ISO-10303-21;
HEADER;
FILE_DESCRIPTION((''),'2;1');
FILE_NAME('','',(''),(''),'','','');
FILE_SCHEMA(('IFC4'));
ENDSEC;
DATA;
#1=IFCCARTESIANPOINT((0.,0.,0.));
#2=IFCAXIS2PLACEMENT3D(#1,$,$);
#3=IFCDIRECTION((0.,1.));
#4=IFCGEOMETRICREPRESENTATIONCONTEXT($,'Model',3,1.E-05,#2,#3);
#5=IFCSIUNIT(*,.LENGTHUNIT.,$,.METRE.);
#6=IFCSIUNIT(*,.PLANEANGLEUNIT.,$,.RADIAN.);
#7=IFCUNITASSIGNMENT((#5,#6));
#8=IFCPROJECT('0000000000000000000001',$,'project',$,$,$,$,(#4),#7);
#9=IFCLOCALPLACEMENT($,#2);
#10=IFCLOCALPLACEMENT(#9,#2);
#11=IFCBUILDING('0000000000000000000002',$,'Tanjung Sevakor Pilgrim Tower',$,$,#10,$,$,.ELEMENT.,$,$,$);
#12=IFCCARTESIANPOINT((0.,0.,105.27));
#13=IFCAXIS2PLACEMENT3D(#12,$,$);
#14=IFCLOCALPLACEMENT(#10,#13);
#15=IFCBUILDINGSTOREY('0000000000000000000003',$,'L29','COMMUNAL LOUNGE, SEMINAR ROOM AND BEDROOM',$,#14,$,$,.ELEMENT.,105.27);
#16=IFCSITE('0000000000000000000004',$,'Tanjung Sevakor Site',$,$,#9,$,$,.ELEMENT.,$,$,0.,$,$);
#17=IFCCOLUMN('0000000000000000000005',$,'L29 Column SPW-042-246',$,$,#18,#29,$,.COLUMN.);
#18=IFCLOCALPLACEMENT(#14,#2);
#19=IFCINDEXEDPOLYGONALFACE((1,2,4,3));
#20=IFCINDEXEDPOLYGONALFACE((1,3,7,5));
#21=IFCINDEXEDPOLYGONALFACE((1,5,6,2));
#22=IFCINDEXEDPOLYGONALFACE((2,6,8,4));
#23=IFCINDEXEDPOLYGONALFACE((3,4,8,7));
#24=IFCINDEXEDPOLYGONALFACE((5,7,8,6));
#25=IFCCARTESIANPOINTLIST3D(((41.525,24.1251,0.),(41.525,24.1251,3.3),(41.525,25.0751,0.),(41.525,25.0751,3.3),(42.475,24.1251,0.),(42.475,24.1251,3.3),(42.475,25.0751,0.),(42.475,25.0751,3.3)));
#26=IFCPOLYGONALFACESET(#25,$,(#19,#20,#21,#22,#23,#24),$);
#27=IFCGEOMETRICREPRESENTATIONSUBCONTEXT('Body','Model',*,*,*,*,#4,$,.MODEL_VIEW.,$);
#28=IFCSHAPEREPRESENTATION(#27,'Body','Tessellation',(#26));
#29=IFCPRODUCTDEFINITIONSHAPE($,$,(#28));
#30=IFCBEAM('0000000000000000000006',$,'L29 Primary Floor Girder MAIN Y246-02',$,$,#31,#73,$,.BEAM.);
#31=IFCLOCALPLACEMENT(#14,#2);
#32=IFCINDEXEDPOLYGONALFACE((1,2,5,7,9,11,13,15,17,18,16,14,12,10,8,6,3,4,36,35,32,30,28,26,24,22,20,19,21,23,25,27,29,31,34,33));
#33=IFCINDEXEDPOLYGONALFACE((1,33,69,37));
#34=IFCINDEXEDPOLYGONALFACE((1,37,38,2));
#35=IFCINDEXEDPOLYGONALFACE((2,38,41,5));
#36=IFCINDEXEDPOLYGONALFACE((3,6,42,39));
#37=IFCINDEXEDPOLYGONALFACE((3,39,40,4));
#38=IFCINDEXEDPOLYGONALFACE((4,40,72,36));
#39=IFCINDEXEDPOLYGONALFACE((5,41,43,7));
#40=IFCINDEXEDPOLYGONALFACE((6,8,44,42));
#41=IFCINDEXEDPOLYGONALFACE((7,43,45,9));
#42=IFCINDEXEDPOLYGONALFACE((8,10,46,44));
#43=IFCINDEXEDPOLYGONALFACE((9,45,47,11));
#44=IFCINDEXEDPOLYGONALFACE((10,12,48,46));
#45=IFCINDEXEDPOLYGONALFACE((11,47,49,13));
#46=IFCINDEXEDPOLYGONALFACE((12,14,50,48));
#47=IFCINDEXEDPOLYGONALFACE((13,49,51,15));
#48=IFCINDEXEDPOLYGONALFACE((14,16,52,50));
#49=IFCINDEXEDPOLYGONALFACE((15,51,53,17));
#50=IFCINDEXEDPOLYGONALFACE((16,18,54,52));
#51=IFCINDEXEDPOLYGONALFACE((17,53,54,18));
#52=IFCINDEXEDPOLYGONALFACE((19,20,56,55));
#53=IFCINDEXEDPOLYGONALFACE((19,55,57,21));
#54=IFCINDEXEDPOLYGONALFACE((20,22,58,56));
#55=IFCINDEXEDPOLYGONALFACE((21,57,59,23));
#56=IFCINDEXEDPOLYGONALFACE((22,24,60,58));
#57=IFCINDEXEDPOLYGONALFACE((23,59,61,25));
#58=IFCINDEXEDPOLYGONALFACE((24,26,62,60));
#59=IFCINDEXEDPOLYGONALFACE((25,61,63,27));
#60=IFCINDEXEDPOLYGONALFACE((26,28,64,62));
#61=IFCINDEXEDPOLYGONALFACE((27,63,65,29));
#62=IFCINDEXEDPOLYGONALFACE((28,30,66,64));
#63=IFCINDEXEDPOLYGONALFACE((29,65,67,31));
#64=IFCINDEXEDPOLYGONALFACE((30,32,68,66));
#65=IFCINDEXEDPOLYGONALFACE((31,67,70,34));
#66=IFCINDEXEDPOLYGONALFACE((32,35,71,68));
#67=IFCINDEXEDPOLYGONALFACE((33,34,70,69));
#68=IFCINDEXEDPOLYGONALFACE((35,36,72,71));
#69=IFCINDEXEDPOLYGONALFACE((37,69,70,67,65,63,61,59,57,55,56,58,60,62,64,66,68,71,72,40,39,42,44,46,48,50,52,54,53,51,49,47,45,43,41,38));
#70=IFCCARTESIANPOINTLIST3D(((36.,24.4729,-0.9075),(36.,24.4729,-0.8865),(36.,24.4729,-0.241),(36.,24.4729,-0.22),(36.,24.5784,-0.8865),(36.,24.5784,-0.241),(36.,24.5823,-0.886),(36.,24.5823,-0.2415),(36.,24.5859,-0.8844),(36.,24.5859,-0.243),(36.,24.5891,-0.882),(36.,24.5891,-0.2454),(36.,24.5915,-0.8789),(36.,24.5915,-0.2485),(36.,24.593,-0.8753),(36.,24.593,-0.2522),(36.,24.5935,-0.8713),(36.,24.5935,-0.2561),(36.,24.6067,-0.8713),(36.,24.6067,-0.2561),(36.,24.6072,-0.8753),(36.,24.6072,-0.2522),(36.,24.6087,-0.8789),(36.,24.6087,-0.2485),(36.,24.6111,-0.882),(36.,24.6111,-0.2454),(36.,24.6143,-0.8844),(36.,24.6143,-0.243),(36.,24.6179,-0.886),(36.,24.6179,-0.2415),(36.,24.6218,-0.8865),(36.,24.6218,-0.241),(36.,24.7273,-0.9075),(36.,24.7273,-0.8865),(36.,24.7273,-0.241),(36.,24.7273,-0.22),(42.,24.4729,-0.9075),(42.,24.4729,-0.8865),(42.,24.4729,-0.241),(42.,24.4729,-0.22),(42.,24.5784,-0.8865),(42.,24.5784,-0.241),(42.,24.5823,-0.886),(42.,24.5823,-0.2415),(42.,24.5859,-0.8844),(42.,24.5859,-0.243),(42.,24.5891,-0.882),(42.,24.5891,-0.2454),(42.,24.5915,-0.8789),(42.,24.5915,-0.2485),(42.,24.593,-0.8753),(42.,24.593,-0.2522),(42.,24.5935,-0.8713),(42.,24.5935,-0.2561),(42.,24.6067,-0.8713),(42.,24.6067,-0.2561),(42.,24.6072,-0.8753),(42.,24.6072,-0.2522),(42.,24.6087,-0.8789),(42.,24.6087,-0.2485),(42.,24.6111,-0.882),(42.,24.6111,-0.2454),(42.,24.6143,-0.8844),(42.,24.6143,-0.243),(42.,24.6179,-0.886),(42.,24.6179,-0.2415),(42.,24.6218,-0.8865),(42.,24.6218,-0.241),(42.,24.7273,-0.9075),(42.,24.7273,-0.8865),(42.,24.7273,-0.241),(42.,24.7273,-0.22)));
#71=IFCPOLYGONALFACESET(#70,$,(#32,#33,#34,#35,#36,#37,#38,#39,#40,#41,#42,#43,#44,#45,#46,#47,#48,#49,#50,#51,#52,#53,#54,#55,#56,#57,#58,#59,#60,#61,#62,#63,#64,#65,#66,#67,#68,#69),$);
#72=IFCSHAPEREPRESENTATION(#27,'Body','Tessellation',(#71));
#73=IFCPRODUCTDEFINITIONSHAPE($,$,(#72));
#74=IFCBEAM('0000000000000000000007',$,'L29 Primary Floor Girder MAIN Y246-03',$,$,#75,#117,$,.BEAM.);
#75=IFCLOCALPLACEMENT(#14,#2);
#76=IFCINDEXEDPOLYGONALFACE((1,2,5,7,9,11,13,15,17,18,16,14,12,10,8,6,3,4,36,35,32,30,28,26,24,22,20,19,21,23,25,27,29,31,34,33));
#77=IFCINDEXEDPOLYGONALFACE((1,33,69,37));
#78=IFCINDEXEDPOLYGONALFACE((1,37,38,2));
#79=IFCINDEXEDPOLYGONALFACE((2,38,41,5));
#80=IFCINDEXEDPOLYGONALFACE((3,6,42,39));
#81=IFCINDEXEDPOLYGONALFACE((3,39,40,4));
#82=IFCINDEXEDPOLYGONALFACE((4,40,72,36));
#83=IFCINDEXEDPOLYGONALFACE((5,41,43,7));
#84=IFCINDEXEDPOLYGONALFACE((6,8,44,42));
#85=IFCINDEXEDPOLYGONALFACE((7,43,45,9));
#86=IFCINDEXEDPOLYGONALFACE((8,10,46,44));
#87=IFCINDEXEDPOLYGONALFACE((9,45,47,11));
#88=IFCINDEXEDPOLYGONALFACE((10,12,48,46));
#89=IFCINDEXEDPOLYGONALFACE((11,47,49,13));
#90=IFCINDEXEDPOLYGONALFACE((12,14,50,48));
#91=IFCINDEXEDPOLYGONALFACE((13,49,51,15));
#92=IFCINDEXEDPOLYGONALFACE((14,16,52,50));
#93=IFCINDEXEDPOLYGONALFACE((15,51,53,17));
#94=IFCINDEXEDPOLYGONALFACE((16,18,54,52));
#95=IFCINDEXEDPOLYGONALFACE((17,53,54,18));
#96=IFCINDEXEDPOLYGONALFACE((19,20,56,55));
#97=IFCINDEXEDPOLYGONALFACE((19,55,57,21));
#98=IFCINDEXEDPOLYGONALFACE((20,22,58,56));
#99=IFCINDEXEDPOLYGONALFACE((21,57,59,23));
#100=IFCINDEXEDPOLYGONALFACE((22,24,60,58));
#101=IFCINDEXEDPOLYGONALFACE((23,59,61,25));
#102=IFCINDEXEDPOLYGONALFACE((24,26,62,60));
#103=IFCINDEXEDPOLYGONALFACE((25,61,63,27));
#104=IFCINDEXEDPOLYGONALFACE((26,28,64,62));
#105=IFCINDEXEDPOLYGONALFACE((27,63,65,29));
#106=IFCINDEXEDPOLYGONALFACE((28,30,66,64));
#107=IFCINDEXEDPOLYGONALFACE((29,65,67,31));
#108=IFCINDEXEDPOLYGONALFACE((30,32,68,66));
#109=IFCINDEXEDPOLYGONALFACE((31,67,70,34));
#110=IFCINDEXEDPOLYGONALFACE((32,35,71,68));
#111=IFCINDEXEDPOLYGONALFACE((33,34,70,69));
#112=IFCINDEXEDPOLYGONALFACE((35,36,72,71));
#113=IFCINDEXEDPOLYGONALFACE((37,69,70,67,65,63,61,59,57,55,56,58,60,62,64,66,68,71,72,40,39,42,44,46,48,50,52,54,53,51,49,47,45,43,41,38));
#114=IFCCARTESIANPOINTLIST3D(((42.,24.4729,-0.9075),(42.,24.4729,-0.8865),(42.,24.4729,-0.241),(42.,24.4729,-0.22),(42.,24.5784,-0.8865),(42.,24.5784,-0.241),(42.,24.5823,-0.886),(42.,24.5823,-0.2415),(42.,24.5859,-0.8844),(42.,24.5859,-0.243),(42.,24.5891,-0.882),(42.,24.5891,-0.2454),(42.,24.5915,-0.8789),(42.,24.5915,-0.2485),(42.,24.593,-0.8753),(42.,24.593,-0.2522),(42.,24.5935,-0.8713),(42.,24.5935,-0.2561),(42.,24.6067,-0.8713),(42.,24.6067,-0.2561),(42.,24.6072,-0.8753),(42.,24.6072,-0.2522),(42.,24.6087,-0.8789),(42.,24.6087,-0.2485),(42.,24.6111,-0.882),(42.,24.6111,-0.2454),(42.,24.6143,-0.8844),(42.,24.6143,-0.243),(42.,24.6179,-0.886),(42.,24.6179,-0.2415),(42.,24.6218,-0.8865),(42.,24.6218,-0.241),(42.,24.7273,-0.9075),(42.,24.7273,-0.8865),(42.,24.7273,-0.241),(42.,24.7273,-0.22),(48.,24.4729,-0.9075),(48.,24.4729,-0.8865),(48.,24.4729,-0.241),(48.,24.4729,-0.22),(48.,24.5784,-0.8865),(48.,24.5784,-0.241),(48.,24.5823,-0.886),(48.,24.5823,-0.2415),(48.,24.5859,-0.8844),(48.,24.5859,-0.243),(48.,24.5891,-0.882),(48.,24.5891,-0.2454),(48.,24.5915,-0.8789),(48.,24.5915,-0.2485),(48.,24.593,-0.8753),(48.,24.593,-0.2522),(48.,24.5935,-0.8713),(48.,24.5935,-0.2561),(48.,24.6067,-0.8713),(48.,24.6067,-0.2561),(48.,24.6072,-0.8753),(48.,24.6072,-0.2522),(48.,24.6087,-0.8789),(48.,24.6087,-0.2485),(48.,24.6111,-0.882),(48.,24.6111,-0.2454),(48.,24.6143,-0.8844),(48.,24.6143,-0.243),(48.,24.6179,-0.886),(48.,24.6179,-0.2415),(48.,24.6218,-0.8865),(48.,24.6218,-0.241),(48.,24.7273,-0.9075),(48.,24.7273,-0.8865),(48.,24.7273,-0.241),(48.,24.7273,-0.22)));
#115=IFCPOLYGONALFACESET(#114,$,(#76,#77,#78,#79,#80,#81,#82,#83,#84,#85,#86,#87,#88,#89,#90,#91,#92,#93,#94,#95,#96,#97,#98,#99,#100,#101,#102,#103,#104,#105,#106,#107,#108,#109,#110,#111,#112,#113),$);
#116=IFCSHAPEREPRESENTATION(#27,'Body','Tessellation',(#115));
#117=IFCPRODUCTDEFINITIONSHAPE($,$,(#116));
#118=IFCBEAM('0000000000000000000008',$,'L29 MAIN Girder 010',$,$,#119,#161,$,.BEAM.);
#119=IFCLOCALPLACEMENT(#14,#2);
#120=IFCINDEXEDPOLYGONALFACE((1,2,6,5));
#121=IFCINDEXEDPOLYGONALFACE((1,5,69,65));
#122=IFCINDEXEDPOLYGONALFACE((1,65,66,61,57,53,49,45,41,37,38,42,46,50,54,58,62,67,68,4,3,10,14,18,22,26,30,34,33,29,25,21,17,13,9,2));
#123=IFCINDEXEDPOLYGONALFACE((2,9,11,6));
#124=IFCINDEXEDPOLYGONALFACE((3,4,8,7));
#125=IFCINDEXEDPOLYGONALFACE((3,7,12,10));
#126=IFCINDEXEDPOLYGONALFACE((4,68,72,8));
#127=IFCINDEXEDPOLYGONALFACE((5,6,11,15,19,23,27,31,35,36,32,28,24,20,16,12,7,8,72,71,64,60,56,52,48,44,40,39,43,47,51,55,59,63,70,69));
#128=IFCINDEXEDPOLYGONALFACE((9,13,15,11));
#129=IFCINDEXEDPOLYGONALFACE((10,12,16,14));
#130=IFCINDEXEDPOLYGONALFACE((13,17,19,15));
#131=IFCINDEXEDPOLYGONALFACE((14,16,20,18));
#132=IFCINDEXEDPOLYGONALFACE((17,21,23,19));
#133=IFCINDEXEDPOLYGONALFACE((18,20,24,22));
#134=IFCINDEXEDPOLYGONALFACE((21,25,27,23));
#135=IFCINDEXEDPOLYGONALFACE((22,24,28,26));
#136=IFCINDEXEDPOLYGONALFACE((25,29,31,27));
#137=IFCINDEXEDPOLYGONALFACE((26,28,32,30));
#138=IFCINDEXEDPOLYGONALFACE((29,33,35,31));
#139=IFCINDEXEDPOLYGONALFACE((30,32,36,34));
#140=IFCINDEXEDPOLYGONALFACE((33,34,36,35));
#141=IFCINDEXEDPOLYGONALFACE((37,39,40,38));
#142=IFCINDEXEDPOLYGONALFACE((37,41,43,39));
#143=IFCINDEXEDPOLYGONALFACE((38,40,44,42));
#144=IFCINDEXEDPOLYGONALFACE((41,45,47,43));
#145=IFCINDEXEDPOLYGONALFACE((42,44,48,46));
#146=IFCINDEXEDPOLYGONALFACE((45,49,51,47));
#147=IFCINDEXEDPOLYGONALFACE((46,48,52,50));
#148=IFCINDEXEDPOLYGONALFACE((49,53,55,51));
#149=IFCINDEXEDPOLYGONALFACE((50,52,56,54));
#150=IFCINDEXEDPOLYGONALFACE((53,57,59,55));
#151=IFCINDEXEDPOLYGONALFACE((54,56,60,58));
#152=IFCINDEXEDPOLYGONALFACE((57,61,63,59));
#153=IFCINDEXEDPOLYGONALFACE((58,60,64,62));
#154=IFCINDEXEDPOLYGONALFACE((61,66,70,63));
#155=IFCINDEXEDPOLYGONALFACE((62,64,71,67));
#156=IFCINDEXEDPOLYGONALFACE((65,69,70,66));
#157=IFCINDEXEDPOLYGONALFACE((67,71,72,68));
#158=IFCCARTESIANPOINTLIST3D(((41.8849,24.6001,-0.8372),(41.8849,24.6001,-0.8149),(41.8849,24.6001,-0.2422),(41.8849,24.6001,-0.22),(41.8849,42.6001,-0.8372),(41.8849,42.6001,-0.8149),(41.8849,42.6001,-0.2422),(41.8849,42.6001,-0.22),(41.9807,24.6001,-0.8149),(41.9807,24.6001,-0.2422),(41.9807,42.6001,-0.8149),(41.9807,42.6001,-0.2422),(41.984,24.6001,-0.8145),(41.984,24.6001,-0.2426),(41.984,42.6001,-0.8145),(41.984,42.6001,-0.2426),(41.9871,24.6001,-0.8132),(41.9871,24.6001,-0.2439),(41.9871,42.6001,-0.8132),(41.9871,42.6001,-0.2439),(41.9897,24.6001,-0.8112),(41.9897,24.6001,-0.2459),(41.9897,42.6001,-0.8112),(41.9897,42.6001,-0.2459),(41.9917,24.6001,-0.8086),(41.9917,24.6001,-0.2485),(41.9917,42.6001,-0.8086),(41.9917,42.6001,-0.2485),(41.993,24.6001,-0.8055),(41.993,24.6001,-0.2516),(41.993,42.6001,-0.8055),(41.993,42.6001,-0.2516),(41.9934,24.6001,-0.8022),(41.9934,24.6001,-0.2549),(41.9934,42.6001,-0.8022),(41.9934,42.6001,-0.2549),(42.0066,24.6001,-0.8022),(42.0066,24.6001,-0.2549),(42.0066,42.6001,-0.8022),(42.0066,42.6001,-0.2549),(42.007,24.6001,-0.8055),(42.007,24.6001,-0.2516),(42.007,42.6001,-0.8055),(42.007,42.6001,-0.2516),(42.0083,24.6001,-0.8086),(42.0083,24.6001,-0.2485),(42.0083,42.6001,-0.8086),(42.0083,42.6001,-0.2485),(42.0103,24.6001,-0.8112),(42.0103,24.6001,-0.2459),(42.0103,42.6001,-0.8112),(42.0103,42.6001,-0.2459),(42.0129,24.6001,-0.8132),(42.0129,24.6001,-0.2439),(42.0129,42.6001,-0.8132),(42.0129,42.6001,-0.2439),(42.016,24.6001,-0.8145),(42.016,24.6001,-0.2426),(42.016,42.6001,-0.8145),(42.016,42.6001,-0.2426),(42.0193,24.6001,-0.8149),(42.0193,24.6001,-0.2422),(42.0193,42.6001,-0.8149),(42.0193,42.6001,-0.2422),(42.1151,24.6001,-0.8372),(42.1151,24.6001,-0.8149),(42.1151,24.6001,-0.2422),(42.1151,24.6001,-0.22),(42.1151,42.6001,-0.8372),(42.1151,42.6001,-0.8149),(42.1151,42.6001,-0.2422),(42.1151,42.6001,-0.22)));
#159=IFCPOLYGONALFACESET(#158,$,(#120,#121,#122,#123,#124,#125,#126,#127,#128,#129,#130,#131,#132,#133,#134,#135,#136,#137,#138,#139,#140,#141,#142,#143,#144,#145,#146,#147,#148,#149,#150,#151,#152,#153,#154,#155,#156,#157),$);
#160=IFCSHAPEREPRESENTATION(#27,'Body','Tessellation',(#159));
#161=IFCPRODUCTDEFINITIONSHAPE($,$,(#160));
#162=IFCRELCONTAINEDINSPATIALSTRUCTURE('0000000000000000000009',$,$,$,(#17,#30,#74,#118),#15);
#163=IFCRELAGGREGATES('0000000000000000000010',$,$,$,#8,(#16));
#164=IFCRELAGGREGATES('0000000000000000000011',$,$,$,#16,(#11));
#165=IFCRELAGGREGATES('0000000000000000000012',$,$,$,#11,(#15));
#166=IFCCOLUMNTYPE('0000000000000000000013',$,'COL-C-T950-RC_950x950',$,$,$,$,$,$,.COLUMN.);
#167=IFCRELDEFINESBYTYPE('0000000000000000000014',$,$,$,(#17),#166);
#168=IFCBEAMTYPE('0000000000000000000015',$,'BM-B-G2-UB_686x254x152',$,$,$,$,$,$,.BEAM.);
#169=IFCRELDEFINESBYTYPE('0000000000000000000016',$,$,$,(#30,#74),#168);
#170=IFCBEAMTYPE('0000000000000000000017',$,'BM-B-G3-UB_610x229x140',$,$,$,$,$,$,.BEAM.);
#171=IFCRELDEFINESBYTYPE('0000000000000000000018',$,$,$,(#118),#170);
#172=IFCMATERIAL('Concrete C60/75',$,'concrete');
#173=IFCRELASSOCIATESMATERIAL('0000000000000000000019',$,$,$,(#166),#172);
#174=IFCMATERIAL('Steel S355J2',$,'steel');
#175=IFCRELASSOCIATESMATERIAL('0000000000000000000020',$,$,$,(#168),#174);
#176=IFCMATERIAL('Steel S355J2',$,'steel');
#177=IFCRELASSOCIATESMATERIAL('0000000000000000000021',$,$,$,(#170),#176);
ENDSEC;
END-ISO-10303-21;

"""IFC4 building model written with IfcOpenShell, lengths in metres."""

from ifc_helpers import new_model, si_unit, direction, frame, origin, origin_2d, place, context, subcontext, project, spatial, rectangle, i_section, extrude, material, material_profile, profile_set, type_object, element, save


model = new_model("IFC4")

# Units and contexts
model_context = context("Model", 3, precision=1e-05, world=origin(), true_north=direction((0.0, 1.0)))
body_context = subcontext(model_context, "Body", "Model", "MODEL_VIEW")
ifc_project = project(units=[si_unit("LENGTHUNIT", "METRE"), si_unit("PLANEANGLEUNIT", "RADIAN")], contexts=[model_context])

# Site, building, storey
site_placement = place(None, origin())
site = spatial("IfcSite", under=ifc_project, at=site_placement, Name="Tanjung Sevakor Site", CompositionType="ELEMENT", RefElevation=0.0)
building_placement = place(site_placement, origin())
building = spatial("IfcBuilding", under=site, at=building_placement, Name="Tanjung Sevakor Pilgrim Tower", CompositionType="ELEMENT")
storey_placement = place(building_placement, frame((0.0, 0.0, 105.27)))
storey = spatial("IfcBuildingStorey", under=building, at=storey_placement, Name="L29", Description="COMMUNAL LOUNGE, SEMINAR ROOM AND BEDROOM", CompositionType="ELEMENT", Elevation=105.27)

# Column
ifc_material_1 = material(Name="Concrete C60/75", Category="concrete")
ifc_material_profile_1 = material_profile(ifc_material_1, rectangle(XDim=0.95, YDim=0.95, at=origin_2d()))
ifc_profile_set_1 = profile_set([ifc_material_profile_1], Name="Concrete C60/75")
column_type = type_object("IfcColumnType", Name="COL-C-T950-RC_950x950", PredefinedType="COLUMN", material=ifc_profile_set_1)
column_placement = place(storey_placement, frame((42.0, 24.6001, 0.0), z_axis=(0.0, 0.0, 1.0), x_axis=(1.0, 0.0, 0.0)))
element("IfcColumn", 1, at=column_placement, inside=storey, type_object=column_type, Name="L29 Column SPW-042-246", PredefinedType="COLUMN", context=body_context, shape_type="SweptSolid", body=[
    extrude(rectangle(XDim=0.95, YDim=0.95, at=origin_2d()), origin(), (0.0, 0.0, 1.0), 3.3),
])

# Beams
ifc_material_2 = material(Name="Steel S355J2", Category="steel")
ifc_material_profile_2 = material_profile(ifc_material_2, i_section(OverallWidth=0.2544, OverallDepth=0.6875, WebThickness=0.0132, FlangeThickness=0.021, FilletRadius=0.0151, at=origin_2d()))
ifc_profile_set_2 = profile_set([ifc_material_profile_2], Name="Steel S355J2")
beam_type_1 = type_object("IfcBeamType", Name="BM-B-G2-UB_686x254x152", PredefinedType="BEAM", material=ifc_profile_set_2)
for number, where, z_axis, x_axis, name in (
    (2, (36.0, 24.6001, -0.5637), (1.0, 0.0, 0.0), (0.0, 1.0, 0.0), "L29 Primary Floor Girder MAIN Y246-02"),
    (3, (42.0, 24.6001, -0.5637), (1.0, 0.0, 0.0), (0.0, 1.0, 0.0), "L29 Primary Floor Girder MAIN Y246-03"),
):
    element("IfcBeam", number, at=place(storey_placement, frame(where, z_axis=z_axis, x_axis=x_axis)), inside=storey, type_object=beam_type_1, Name=name, PredefinedType="BEAM", context=body_context, shape_type="SweptSolid", body=[
        extrude(i_section(OverallWidth=0.2544, OverallDepth=0.6875, WebThickness=0.0132, FlangeThickness=0.021, FilletRadius=0.0151, at=origin_2d()), origin(), (0.0, 0.0, 1.0), 6.0),
    ])
ifc_material_3 = material(Name="Steel S355J2", Category="steel")
ifc_material_profile_3 = material_profile(ifc_material_3, i_section(OverallWidth=0.2302, OverallDepth=0.6172, WebThickness=0.0132, FlangeThickness=0.0222, FilletRadius=0.0127, at=origin_2d()))
ifc_profile_set_3 = profile_set([ifc_material_profile_3], Name="Steel S355J2")
beam_type_2 = type_object("IfcBeamType", Name="BM-B-G3-UB_610x229x140", PredefinedType="BEAM", material=ifc_profile_set_3)
beam_1_placement = place(storey_placement, frame((42.0, 24.6001, -0.5286), z_axis=(0.0, 1.0, 0.0), x_axis=(-1.0, 0.0, 0.0)))
element("IfcBeam", 4, at=beam_1_placement, inside=storey, type_object=beam_type_2, Name="L29 MAIN Girder 010", PredefinedType="BEAM", context=body_context, shape_type="SweptSolid", body=[
    extrude(i_section(OverallWidth=0.2302, OverallDepth=0.6172, WebThickness=0.0132, FlangeThickness=0.0222, FilletRadius=0.0127, at=origin_2d()), origin(), (0.0, 0.0, 1.0), 18.0),
])

save(model, "model.ifc")
